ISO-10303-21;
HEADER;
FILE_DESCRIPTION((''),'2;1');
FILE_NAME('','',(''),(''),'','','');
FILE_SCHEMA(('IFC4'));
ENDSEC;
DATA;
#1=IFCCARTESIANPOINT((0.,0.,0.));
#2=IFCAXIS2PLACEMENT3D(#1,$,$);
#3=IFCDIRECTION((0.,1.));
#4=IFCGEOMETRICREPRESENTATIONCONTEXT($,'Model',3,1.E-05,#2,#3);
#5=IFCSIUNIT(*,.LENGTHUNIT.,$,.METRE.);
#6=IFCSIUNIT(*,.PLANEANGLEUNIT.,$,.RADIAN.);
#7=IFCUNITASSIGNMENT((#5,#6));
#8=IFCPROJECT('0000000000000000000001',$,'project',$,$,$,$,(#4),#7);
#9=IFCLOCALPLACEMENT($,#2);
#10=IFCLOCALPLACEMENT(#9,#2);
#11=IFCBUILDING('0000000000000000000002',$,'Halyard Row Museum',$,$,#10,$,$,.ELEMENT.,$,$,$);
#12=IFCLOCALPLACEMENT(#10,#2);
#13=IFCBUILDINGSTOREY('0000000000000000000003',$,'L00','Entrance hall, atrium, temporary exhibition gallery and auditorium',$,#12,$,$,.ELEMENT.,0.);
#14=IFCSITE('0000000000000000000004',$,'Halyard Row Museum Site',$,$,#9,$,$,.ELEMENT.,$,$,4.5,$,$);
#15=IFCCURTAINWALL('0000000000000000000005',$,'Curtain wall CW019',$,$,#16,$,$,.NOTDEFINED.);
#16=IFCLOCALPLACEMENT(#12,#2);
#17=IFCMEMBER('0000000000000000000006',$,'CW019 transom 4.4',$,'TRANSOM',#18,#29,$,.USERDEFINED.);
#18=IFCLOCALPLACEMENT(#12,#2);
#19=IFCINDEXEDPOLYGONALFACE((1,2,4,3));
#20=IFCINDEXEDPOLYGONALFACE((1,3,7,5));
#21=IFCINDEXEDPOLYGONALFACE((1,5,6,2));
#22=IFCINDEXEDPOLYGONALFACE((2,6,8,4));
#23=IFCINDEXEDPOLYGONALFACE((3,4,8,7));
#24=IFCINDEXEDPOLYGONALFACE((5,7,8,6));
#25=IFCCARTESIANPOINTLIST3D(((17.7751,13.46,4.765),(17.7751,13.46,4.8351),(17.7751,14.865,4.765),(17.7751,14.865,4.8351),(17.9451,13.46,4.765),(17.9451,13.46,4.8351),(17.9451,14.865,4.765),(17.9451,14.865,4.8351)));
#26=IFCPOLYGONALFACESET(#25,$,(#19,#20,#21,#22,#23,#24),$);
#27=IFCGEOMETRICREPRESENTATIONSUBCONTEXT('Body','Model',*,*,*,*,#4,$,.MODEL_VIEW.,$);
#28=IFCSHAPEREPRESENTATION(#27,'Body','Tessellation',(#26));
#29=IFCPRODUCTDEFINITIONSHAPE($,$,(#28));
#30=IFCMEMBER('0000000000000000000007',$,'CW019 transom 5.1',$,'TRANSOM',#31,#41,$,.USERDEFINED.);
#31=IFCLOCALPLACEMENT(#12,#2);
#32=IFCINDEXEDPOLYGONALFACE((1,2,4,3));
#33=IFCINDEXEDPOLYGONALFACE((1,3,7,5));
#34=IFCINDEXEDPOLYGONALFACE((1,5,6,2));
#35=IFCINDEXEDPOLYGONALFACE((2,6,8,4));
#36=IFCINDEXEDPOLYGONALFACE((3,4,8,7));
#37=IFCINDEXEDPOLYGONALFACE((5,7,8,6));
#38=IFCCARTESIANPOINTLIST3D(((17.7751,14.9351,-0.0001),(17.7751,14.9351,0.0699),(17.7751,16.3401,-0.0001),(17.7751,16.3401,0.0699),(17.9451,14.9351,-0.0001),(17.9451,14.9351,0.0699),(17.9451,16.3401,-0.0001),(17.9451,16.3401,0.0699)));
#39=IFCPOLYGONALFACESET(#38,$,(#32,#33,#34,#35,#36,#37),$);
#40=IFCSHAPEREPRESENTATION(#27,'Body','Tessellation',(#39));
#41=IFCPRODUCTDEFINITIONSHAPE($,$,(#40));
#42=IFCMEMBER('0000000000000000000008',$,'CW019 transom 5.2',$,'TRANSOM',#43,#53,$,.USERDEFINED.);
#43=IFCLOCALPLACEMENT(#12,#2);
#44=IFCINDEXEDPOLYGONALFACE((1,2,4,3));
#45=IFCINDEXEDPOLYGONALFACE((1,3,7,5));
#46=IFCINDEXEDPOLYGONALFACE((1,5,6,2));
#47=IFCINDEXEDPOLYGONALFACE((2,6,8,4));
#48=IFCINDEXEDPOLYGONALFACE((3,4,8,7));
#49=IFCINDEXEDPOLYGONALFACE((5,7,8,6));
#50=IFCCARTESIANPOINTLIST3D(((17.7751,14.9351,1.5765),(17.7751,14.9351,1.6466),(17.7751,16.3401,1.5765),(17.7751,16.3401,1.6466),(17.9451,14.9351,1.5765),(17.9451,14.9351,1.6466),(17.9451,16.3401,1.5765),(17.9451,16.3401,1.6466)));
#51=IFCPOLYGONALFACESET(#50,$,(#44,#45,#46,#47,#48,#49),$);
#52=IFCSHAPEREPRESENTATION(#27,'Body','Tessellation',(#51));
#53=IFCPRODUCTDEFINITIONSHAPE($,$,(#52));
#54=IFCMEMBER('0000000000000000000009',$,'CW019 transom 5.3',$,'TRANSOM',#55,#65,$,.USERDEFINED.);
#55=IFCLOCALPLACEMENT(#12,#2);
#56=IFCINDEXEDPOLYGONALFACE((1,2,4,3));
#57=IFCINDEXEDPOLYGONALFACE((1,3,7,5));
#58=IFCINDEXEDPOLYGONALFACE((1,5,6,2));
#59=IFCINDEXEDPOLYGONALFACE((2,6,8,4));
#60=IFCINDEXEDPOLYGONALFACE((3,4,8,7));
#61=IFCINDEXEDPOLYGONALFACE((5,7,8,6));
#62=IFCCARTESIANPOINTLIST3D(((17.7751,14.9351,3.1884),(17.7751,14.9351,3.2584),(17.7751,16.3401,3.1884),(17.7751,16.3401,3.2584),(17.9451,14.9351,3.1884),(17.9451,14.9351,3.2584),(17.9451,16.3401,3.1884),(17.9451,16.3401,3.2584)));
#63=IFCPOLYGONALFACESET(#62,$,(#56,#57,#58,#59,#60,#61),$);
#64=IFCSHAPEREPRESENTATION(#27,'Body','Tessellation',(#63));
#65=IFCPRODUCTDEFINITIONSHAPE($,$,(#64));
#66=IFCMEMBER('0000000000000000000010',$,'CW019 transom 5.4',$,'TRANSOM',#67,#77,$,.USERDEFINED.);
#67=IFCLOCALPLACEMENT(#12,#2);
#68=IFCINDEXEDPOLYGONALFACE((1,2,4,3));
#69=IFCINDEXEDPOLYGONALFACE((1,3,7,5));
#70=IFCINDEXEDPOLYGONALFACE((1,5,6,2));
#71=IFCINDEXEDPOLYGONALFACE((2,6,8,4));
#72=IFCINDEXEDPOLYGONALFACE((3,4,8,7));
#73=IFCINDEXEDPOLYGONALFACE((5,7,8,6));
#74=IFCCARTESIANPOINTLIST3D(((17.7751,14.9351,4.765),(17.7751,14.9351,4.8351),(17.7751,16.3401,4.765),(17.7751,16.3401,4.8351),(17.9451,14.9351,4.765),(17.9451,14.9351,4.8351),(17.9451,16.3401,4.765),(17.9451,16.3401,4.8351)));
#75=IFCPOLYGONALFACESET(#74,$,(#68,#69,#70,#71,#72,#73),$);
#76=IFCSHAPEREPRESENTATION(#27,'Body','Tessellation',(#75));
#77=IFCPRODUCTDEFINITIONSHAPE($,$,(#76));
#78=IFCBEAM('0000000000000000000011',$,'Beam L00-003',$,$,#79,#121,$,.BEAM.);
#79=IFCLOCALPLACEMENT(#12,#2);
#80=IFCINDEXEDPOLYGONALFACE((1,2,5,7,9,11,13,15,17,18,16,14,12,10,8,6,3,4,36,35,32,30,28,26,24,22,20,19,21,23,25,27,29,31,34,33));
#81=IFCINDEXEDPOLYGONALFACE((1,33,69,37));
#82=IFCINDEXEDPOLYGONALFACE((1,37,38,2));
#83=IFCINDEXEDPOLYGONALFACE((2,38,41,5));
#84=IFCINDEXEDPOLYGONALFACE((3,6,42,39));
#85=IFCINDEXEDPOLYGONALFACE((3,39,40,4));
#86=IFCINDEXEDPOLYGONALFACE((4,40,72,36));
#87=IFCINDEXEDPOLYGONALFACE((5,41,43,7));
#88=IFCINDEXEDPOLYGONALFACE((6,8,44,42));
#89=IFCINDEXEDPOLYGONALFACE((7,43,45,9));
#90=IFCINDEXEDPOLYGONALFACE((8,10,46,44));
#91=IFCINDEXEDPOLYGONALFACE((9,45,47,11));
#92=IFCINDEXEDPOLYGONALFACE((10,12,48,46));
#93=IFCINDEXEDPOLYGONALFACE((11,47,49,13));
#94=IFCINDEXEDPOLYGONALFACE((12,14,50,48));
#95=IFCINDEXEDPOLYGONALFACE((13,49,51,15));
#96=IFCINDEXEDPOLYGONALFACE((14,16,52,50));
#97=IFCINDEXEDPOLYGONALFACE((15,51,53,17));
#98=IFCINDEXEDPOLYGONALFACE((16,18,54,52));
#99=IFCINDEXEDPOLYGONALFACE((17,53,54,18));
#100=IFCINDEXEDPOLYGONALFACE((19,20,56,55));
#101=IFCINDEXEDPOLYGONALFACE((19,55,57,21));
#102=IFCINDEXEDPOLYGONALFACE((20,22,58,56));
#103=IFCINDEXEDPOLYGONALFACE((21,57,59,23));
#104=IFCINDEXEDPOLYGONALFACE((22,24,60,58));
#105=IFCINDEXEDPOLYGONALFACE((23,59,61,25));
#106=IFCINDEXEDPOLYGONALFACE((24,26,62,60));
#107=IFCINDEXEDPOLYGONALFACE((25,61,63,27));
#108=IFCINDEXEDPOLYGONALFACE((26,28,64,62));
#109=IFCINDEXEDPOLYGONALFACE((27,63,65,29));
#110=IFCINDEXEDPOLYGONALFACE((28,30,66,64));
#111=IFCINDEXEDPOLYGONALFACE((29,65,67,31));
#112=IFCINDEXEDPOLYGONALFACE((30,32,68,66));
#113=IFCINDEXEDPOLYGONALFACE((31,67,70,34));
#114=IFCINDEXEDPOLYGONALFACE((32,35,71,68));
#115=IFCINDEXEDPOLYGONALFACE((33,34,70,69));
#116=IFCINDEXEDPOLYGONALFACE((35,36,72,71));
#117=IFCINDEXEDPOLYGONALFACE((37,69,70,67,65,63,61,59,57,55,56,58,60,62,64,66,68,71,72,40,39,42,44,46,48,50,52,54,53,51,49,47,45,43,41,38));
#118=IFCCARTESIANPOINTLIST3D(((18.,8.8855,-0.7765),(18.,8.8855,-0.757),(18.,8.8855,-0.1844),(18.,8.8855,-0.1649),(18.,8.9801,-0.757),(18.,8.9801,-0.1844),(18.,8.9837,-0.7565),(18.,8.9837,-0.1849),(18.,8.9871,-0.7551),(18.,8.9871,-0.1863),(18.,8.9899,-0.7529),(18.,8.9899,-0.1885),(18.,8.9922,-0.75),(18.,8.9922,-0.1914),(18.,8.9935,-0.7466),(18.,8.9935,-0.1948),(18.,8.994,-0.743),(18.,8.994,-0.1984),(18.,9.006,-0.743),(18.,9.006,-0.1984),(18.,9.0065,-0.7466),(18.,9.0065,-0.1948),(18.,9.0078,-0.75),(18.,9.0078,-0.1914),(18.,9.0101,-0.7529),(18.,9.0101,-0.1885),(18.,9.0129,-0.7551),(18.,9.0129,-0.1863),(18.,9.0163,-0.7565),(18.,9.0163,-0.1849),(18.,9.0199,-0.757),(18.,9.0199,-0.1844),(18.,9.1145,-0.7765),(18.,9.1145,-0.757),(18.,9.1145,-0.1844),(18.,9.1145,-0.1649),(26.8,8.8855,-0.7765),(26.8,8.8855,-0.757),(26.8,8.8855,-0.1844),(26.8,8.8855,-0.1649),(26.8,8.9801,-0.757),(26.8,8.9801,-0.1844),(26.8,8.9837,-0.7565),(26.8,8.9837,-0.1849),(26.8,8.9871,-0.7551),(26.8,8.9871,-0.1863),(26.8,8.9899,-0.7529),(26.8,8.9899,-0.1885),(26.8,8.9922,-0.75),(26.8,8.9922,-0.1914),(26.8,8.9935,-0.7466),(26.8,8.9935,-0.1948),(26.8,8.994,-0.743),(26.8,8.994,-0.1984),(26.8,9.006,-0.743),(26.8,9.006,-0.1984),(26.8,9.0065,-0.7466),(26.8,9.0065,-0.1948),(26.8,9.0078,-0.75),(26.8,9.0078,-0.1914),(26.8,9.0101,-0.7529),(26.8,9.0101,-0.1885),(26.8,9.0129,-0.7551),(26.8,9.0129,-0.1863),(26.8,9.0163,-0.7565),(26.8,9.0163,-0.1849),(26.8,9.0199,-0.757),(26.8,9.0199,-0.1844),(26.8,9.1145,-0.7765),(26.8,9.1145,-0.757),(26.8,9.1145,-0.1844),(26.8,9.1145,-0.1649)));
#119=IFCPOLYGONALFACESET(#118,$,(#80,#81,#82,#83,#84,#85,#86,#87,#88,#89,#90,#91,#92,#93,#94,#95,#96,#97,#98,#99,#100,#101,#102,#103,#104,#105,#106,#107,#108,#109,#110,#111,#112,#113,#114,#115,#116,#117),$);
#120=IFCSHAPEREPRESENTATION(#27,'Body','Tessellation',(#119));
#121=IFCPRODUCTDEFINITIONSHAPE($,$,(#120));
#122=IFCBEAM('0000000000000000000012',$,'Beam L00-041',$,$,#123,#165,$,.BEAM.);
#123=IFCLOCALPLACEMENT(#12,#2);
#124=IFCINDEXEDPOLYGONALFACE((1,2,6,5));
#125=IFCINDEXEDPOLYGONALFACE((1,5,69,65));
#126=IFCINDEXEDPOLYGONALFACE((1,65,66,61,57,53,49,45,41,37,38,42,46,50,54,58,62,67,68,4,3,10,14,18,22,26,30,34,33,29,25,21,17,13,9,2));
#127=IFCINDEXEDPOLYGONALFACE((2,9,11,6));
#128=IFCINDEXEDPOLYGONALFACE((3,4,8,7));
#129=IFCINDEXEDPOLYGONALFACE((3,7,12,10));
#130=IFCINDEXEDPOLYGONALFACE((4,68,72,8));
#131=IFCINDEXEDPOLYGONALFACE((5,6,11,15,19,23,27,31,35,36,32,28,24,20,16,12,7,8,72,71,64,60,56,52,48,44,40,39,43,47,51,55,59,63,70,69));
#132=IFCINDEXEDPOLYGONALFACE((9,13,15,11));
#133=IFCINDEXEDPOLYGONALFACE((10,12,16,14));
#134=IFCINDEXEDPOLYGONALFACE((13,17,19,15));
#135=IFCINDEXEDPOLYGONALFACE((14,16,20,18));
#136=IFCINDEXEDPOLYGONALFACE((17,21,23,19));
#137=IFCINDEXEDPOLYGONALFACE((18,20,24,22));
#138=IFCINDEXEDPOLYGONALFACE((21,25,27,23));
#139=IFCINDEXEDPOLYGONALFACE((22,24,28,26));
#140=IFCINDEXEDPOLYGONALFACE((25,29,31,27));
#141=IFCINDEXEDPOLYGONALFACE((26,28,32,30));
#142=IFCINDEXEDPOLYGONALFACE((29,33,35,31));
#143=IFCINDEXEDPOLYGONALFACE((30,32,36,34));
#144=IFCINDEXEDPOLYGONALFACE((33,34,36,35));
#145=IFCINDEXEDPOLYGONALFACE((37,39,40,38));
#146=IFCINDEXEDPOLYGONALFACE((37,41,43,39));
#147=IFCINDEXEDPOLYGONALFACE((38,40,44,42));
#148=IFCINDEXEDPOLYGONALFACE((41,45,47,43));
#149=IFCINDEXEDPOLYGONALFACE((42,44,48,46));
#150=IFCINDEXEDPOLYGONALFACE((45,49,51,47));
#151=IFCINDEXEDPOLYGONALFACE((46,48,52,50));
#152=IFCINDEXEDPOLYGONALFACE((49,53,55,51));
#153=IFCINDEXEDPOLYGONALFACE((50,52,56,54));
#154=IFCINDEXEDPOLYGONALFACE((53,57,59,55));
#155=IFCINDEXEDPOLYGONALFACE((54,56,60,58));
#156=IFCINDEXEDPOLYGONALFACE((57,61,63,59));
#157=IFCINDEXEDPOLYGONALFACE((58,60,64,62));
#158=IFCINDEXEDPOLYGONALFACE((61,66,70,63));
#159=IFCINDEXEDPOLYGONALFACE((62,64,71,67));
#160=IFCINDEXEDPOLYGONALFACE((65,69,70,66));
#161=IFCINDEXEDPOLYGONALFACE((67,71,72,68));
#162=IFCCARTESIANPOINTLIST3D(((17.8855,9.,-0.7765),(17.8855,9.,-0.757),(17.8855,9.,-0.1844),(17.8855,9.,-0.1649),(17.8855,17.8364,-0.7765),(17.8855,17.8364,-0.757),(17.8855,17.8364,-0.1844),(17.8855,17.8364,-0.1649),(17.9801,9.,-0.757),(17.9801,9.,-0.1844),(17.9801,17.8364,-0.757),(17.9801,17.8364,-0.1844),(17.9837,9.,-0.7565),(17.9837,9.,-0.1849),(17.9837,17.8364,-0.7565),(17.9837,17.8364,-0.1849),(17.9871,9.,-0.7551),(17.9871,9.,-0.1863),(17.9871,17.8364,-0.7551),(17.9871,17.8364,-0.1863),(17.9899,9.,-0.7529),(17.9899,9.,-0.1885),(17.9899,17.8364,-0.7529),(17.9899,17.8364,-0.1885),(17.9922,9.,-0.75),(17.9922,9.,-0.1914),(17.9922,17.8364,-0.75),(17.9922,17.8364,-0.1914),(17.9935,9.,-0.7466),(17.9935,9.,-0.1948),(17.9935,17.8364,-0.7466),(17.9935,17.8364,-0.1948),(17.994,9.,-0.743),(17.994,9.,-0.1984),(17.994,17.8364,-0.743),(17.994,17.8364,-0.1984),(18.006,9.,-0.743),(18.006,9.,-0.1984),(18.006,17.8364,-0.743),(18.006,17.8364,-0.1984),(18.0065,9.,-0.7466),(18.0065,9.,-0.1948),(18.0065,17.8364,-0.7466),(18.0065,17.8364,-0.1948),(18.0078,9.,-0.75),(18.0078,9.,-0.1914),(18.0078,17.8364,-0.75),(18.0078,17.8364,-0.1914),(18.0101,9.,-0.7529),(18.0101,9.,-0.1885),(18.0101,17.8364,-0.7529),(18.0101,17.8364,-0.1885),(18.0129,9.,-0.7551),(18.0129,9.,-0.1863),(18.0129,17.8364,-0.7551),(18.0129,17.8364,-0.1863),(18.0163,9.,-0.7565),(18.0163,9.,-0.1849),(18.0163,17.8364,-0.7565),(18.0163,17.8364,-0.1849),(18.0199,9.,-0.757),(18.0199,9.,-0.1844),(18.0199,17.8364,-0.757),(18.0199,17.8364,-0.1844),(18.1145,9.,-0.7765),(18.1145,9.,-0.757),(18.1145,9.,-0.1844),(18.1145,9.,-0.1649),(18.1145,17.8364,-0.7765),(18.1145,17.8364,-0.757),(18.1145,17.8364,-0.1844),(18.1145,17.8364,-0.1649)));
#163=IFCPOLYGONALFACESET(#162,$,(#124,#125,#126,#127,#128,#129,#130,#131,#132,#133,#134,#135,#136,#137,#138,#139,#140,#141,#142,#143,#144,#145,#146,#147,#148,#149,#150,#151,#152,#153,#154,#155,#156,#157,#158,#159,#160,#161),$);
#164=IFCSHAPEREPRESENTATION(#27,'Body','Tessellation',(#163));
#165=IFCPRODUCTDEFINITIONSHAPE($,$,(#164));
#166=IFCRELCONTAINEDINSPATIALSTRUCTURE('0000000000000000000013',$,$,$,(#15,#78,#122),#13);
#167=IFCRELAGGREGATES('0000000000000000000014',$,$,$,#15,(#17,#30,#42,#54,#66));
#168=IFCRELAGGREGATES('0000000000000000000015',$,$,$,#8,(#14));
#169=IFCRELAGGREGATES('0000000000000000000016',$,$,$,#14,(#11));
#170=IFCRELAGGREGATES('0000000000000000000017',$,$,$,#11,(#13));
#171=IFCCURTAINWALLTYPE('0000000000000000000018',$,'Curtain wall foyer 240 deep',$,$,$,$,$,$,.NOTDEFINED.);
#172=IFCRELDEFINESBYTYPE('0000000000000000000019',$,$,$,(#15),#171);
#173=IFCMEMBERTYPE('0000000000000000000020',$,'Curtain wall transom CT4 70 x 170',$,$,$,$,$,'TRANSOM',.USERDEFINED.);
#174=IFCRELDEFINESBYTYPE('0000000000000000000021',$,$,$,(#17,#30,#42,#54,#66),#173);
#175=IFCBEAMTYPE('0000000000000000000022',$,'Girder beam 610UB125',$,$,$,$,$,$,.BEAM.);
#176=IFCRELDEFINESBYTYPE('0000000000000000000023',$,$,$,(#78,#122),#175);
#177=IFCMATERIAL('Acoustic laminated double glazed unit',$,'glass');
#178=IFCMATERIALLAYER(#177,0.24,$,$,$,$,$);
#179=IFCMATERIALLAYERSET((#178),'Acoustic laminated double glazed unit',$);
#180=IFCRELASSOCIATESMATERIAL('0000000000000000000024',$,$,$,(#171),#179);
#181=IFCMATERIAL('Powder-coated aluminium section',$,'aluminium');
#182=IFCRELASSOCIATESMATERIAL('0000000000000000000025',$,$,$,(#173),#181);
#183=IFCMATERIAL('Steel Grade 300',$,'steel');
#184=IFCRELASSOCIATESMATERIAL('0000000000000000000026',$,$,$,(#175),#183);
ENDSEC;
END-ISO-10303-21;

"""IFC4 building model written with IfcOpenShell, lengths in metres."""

from ifc_helpers import new_model, si_unit, direction, frame, origin, origin_2d, place, context, subcontext, project, spatial, rectangle, i_section, extrude, material, layer, layer_set, material_profile, profile_set, type_object, element, aggregate, save


model = new_model("IFC4")

# Units and contexts
model_context = context("Model", 3, precision=1e-05, world=origin(), true_north=direction((0.0, 1.0)))
body_context = subcontext(model_context, "Body", "Model", "MODEL_VIEW")
ifc_project = project(units=[si_unit("LENGTHUNIT", "METRE"), si_unit("PLANEANGLEUNIT", "RADIAN")], contexts=[model_context])

# Site, building, storey
site_placement = place(None, origin())
site = spatial("IfcSite", under=ifc_project, at=site_placement, Name="Halyard Row Museum Site", CompositionType="ELEMENT", RefElevation=4.5)
building_placement = place(site_placement, origin())
building = spatial("IfcBuilding", under=site, at=building_placement, Name="Halyard Row Museum", CompositionType="ELEMENT")
storey_placement = place(building_placement, origin())
storey = spatial("IfcBuildingStorey", under=building, at=storey_placement, Name="L00", Description="Entrance hall, atrium, temporary exhibition gallery and auditorium", CompositionType="ELEMENT", Elevation=0.0)

# Curtain wall, members
ifc_material_1 = material(Name="Acoustic laminated double glazed unit", Category="glass")
ifc_layer_1 = layer(ifc_material_1, 0.24)
ifc_layer_set_1 = layer_set([ifc_layer_1], Name="Acoustic laminated double glazed unit")
curtain_wall_type = type_object("IfcCurtainWallType", Name="Curtain wall foyer 240 deep", PredefinedType="NOTDEFINED", material=ifc_layer_set_1)
curtain_wall_placement = place(storey_placement, origin())
curtain_wall = element("IfcCurtainWall", 1, at=curtain_wall_placement, inside=storey, type_object=curtain_wall_type, Name="Curtain wall CW019", PredefinedType="NOTDEFINED")
ifc_material_2 = material(Name="Powder-coated aluminium section", Category="aluminium")
ifc_material_profile_1 = material_profile(ifc_material_2, rectangle(XDim=0.1699, YDim=0.0701, at=origin_2d()), Name="170x70 transom")
ifc_profile_set_1 = profile_set([ifc_material_profile_1], Name="Powder-coated aluminium section")
member_type_1 = type_object("IfcMemberType", Name="Curtain wall transom CT4 70 x 170", ElementType="TRANSOM", PredefinedType="USERDEFINED", material=ifc_profile_set_1)
member_1_placement = place(storey_placement, frame((17.8601, 13.46, 4.8), z_axis=(0.0, 1.0, 0.0), x_axis=(-1.0, 0.0, 0.0)))
member_1 = element("IfcMember", 2, at=member_1_placement, type_object=member_type_1, Name="CW019 transom 4.4", ObjectType="TRANSOM", PredefinedType="USERDEFINED", context=body_context, shape_type="SweptSolid", body=[
    extrude(rectangle(XDim=0.1699, YDim=0.0701, at=origin_2d()), origin(), (0.0, 0.0, 1.0), 1.405),
])
member_2_placement = place(storey_placement, frame((17.8601, 14.9351, 0.0349), z_axis=(0.0, 1.0, 0.0), x_axis=(-1.0, 0.0, 0.0)))
member_2 = element("IfcMember", 3, at=member_2_placement, type_object=member_type_1, Name="CW019 transom 5.1", ObjectType="TRANSOM", PredefinedType="USERDEFINED", context=body_context, shape_type="SweptSolid", body=[
    extrude(rectangle(XDim=0.1699, YDim=0.0701, at=origin_2d()), origin(), (0.0, 0.0, 1.0), 1.405),
])
member_3_placement = place(storey_placement, frame((17.8601, 14.9351, 1.6116), z_axis=(0.0, 1.0, 0.0), x_axis=(-1.0, 0.0, 0.0)))
member_3 = element("IfcMember", 4, at=member_3_placement, type_object=member_type_1, Name="CW019 transom 5.2", ObjectType="TRANSOM", PredefinedType="USERDEFINED", context=body_context, shape_type="SweptSolid", body=[
    extrude(rectangle(XDim=0.1699, YDim=0.0701, at=origin_2d()), origin(), (0.0, 0.0, 1.0), 1.405),
])
member_4_placement = place(storey_placement, frame((17.8601, 14.9351, 3.2234), z_axis=(0.0, 1.0, 0.0), x_axis=(-1.0, 0.0, 0.0)))
member_4 = element("IfcMember", 5, at=member_4_placement, type_object=member_type_1, Name="CW019 transom 5.3", ObjectType="TRANSOM", PredefinedType="USERDEFINED", context=body_context, shape_type="SweptSolid", body=[
    extrude(rectangle(XDim=0.1699, YDim=0.0701, at=origin_2d()), origin(), (0.0, 0.0, 1.0), 1.405),
])
member_5_placement = place(storey_placement, frame((17.8601, 14.9351, 4.8), z_axis=(0.0, 1.0, 0.0), x_axis=(-1.0, 0.0, 0.0)))
member_5 = element("IfcMember", 6, at=member_5_placement, type_object=member_type_1, Name="CW019 transom 5.4", ObjectType="TRANSOM", PredefinedType="USERDEFINED", context=body_context, shape_type="SweptSolid", body=[
    extrude(rectangle(XDim=0.1699, YDim=0.0701, at=origin_2d()), origin(), (0.0, 0.0, 1.0), 1.405),
])

# Beams
ifc_material_3 = material(Name="Steel Grade 300", Category="steel")
ifc_material_profile_2 = material_profile(ifc_material_3, i_section(OverallWidth=0.229, OverallDepth=0.6116, WebThickness=0.012, FlangeThickness=0.0195, FilletRadius=0.0139, at=origin_2d()), Name="610UB125")
ifc_profile_set_2 = profile_set([ifc_material_profile_2], Name="Steel Grade 300")
beam_type_1 = type_object("IfcBeamType", Name="Girder beam 610UB125", PredefinedType="BEAM", material=ifc_profile_set_2)
beam_1_placement = place(storey_placement, frame((18.0, 9.0, -0.4707), z_axis=(1.0, 0.0, 0.0), x_axis=(0.0, 1.0, 0.0)))
element("IfcBeam", 7, at=beam_1_placement, inside=storey, type_object=beam_type_1, Name="Beam L00-003", PredefinedType="BEAM", context=body_context, shape_type="SweptSolid", body=[
    extrude(i_section(OverallWidth=0.229, OverallDepth=0.6116, WebThickness=0.012, FlangeThickness=0.0195, FilletRadius=0.0139, at=origin_2d()), origin(), (0.0, 0.0, 1.0), 8.8),
])
beam_2_placement = place(storey_placement, frame((18.0, 9.0, -0.4707), z_axis=(0.0, 1.0, 0.0), x_axis=(-1.0, 0.0, 0.0)))
element("IfcBeam", 8, at=beam_2_placement, inside=storey, type_object=beam_type_1, Name="Beam L00-041", PredefinedType="BEAM", context=body_context, shape_type="SweptSolid", body=[
    extrude(i_section(OverallWidth=0.229, OverallDepth=0.6116, WebThickness=0.012, FlangeThickness=0.0195, FilletRadius=0.0139, at=origin_2d()), origin(), (0.0, 0.0, 1.0), 8.8364),
])

aggregate(curtain_wall, [member_1, member_2, member_3, member_4, member_5])

save(model, "model.ifc")
